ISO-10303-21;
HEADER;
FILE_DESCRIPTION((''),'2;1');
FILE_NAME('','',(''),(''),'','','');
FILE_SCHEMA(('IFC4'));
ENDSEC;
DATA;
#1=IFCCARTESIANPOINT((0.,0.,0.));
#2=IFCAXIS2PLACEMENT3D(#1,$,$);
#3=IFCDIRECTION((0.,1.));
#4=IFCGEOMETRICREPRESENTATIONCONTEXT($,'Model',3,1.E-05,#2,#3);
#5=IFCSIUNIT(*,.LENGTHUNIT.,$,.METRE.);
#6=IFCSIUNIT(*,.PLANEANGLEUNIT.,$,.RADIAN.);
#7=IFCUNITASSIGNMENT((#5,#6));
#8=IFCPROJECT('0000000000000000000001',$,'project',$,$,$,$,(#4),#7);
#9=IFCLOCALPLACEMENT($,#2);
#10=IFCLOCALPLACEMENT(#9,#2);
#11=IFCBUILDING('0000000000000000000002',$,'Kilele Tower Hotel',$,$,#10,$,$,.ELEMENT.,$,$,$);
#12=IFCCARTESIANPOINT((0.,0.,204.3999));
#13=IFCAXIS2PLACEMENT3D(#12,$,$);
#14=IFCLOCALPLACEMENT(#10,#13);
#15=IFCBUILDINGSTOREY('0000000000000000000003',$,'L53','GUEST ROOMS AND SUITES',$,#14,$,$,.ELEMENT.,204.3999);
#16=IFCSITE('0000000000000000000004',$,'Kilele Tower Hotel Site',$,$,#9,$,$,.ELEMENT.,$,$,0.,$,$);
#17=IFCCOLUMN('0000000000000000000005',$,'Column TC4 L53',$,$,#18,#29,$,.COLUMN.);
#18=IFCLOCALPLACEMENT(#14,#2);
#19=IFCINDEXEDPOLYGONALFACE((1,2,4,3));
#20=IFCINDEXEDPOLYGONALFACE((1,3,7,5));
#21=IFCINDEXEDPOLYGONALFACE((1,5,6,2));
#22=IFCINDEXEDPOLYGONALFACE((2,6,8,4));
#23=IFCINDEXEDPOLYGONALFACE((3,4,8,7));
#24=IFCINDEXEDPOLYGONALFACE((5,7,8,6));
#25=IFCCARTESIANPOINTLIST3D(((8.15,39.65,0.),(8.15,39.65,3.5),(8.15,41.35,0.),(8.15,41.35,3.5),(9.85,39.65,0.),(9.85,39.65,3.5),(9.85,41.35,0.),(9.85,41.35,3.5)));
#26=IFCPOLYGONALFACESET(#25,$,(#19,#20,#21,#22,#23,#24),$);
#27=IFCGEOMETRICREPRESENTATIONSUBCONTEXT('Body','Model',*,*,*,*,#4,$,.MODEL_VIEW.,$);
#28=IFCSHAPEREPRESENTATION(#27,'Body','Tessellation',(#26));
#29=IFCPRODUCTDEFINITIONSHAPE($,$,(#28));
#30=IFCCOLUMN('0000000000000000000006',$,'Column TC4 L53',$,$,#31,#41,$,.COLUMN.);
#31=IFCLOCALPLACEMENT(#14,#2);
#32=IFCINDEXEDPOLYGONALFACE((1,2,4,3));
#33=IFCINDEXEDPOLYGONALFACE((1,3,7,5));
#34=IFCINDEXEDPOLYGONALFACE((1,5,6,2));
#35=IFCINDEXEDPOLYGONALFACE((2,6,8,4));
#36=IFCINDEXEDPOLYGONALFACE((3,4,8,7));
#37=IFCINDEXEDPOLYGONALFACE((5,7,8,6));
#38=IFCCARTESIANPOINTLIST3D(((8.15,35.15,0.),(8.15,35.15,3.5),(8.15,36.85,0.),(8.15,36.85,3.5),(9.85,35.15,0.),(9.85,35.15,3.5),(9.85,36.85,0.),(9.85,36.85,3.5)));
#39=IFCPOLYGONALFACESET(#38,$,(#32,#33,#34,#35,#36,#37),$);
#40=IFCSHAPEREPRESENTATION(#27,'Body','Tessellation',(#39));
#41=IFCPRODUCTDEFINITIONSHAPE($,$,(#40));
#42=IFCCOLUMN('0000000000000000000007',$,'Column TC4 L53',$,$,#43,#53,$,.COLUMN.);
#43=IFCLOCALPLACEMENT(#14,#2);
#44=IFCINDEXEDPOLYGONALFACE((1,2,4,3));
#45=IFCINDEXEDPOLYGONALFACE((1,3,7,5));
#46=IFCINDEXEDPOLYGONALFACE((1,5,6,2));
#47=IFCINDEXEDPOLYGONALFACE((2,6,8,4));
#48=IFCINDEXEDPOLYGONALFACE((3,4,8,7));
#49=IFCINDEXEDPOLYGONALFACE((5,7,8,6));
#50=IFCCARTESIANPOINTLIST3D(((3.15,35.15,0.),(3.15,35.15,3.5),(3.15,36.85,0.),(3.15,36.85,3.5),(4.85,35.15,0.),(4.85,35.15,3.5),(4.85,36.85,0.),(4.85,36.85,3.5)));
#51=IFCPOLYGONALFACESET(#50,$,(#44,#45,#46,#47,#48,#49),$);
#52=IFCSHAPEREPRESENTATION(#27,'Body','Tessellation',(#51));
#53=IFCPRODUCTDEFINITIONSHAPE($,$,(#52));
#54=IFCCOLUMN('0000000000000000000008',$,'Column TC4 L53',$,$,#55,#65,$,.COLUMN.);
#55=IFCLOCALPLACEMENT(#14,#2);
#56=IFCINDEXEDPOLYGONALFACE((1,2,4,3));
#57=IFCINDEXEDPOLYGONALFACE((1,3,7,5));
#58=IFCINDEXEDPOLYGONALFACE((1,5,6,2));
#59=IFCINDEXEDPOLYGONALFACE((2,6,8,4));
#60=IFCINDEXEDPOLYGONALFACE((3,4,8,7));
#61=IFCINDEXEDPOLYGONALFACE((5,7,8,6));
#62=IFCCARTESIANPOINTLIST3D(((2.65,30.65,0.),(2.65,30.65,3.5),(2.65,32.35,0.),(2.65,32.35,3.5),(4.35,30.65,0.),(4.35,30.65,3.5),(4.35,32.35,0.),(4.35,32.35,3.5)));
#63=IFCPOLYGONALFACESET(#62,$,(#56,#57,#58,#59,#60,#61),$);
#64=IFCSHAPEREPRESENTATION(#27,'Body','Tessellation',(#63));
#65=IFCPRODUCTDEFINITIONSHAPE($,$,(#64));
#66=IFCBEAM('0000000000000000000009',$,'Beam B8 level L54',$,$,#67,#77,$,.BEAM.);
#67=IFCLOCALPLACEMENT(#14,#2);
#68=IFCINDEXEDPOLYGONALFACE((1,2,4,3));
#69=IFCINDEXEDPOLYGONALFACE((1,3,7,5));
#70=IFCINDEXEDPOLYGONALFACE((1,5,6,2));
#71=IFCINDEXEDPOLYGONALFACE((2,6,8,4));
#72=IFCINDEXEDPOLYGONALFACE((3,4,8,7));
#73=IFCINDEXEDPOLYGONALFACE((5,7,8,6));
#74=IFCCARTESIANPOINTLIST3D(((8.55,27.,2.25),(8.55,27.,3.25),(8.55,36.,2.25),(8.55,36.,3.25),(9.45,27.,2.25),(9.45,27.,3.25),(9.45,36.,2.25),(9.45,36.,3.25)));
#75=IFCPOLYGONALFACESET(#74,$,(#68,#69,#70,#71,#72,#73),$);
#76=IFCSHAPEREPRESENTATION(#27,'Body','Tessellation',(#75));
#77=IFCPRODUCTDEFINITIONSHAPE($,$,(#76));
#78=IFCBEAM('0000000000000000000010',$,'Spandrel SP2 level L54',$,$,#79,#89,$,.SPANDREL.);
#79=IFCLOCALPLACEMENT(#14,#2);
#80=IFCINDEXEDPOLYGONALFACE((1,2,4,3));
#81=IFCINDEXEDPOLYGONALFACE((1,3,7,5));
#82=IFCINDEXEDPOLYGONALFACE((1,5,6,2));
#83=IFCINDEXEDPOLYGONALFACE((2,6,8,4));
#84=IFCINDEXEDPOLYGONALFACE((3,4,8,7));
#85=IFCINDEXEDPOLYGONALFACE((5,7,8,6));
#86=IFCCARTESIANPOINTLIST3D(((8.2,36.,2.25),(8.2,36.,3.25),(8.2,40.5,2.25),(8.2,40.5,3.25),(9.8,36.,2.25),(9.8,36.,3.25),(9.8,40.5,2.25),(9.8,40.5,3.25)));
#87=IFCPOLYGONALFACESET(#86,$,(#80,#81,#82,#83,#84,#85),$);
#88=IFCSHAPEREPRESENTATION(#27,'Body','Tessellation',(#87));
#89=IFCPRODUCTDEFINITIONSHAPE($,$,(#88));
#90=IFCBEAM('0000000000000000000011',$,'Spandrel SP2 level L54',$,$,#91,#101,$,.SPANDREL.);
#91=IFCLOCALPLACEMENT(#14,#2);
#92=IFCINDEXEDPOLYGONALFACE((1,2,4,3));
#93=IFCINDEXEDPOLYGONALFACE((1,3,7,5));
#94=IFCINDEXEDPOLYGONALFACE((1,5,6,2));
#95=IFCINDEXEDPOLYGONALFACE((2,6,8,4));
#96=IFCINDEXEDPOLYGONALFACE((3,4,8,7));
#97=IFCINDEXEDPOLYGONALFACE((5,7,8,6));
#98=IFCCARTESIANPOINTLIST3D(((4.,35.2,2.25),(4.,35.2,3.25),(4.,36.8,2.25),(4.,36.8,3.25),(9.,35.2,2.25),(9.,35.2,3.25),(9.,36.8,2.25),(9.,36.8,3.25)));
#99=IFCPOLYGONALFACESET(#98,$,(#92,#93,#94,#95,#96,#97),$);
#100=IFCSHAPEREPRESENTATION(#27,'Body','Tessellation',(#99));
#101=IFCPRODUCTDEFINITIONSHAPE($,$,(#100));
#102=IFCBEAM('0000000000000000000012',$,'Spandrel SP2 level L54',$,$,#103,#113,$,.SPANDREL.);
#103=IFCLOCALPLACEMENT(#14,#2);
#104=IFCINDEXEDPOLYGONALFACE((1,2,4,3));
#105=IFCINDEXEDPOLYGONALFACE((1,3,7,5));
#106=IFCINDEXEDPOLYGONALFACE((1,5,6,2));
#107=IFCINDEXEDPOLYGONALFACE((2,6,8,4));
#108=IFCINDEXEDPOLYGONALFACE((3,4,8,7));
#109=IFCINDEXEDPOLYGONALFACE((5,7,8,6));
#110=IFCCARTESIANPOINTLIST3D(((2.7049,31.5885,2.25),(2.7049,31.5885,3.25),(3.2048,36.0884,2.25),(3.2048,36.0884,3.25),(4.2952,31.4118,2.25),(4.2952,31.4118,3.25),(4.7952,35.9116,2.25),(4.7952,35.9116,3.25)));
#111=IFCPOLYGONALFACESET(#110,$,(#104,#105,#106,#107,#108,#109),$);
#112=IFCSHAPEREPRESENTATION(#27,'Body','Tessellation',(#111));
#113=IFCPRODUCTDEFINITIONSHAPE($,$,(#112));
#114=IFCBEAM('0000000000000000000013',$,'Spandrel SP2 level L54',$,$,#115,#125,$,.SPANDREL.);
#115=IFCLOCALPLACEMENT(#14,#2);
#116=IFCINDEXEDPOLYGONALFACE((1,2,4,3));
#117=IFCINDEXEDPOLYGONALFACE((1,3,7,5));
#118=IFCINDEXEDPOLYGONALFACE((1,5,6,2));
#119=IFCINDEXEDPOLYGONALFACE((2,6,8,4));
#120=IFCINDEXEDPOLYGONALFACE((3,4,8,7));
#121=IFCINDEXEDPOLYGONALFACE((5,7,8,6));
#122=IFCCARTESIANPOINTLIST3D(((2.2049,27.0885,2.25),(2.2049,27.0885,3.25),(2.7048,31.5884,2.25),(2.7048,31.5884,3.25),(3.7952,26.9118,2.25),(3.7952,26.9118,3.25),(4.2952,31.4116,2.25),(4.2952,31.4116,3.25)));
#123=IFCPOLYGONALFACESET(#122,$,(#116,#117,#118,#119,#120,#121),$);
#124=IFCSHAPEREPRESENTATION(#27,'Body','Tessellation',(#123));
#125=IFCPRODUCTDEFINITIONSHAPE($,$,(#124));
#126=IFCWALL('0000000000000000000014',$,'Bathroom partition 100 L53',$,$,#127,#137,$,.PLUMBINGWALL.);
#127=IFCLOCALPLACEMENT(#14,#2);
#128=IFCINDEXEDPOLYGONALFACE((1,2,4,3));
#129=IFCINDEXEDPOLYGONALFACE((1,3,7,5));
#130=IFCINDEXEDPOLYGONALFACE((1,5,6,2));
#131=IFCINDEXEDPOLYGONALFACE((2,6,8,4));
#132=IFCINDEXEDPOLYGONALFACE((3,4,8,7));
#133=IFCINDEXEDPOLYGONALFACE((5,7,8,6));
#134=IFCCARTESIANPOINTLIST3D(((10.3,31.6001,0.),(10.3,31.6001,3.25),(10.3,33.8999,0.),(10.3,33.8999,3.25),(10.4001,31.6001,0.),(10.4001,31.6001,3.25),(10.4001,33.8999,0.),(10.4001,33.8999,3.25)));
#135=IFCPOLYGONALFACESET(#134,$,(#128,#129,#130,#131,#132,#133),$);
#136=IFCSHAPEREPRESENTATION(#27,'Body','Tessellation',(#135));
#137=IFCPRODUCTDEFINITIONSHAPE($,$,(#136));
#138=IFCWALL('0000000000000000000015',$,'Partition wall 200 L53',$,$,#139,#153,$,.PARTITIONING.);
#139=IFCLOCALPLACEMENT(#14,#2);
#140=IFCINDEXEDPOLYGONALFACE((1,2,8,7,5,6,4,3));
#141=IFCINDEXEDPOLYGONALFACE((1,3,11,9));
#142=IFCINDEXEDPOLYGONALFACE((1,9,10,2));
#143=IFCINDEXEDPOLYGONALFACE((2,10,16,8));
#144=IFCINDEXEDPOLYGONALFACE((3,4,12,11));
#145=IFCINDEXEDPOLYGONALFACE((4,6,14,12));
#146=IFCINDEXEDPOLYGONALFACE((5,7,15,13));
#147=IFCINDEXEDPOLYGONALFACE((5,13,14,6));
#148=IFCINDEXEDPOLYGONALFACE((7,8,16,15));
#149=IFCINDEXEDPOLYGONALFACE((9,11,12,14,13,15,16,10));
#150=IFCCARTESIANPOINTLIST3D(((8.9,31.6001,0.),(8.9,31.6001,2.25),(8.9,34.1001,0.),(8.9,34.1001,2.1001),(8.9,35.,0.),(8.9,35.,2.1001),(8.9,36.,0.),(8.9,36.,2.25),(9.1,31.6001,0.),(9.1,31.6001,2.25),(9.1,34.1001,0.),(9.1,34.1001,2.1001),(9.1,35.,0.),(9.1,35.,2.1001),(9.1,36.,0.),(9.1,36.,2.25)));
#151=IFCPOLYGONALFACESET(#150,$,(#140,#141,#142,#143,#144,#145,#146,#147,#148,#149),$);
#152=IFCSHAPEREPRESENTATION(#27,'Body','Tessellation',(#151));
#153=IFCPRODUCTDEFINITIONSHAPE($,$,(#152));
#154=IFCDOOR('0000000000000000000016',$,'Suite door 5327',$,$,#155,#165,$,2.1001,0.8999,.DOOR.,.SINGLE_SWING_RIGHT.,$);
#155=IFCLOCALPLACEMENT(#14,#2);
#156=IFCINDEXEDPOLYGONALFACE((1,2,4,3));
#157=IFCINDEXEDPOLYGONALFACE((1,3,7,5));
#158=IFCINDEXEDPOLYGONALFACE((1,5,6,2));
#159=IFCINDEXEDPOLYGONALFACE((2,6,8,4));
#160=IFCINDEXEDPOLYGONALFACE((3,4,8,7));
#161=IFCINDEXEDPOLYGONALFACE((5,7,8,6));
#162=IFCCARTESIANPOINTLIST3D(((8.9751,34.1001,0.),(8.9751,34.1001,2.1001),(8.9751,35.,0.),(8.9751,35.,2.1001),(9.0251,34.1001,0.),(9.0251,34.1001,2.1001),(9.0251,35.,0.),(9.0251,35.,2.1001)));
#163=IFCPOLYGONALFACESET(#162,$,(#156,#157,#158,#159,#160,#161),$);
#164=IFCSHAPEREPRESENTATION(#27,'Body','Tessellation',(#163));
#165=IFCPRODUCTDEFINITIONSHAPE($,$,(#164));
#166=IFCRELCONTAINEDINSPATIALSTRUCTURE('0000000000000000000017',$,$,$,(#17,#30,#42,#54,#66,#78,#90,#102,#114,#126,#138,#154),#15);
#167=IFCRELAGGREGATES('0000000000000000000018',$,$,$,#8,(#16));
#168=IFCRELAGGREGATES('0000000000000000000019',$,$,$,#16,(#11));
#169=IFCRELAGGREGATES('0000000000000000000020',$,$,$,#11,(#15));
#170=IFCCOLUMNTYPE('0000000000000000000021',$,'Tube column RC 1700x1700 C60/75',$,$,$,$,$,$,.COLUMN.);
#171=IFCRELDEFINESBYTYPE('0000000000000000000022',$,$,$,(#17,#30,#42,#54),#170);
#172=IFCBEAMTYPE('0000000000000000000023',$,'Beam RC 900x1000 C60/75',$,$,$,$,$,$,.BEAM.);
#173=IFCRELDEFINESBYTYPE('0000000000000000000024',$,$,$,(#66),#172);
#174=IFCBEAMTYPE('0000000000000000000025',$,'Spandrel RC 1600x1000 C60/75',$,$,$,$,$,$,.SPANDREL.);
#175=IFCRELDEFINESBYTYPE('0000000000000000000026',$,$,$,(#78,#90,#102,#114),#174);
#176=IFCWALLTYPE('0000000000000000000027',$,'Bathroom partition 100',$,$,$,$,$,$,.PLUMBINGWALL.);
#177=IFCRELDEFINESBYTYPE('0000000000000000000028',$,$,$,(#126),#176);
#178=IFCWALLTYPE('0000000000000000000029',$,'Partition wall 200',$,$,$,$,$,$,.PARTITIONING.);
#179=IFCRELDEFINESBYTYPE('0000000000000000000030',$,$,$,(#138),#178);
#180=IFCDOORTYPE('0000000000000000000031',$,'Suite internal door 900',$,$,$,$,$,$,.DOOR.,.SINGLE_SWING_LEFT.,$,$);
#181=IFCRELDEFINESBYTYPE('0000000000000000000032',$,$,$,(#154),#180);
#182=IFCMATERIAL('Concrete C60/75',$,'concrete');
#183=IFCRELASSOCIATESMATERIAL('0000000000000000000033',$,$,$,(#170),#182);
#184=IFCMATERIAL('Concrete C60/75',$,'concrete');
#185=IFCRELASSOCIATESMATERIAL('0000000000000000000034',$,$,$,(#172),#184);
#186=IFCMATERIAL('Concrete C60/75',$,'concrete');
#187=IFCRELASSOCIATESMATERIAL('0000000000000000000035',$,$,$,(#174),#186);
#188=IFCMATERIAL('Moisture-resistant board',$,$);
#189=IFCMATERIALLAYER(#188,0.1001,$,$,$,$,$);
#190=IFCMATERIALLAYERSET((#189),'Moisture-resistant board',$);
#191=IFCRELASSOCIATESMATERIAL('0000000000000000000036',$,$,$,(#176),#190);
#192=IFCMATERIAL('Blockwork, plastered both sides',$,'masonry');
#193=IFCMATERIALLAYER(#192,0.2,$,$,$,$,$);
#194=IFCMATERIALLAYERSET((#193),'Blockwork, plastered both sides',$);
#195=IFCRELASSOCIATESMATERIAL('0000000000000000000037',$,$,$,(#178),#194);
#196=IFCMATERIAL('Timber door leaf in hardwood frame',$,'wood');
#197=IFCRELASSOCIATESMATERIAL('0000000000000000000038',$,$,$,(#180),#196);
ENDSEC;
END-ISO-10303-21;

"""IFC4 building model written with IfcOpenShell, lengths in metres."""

from ifc_helpers import new_model, si_unit, direction, frame, frame_2d, origin, origin_2d, place, context, subcontext, project, spatial, rectangle, extrude, material, layer, layer_set, material_profile, profile_set, type_object, element, fill, save


model = new_model("IFC4")

# Units and contexts
model_context = context("Model", 3, precision=1e-05, world=origin(), true_north=direction((0.0, 1.0)))
body_context = subcontext(model_context, "Body", "Model", "MODEL_VIEW")
ifc_project = project(units=[si_unit("LENGTHUNIT", "METRE"), si_unit("PLANEANGLEUNIT", "RADIAN")], contexts=[model_context])

# Site, building, storey
site_placement = place(None, origin())
site = spatial("IfcSite", under=ifc_project, at=site_placement, Name="Kilele Tower Hotel Site", CompositionType="ELEMENT", RefElevation=0.0)
building_placement = place(site_placement, origin())
building = spatial("IfcBuilding", under=site, at=building_placement, Name="Kilele Tower Hotel", CompositionType="ELEMENT")
storey_placement = place(building_placement, frame((0.0, 0.0, 204.3999)))
storey = spatial("IfcBuildingStorey", under=building, at=storey_placement, Name="L53", Description="GUEST ROOMS AND SUITES", CompositionType="ELEMENT", Elevation=204.3999)

# Columns
ifc_material_1 = material(Name="Concrete C60/75", Category="concrete")
ifc_material_profile_1 = material_profile(ifc_material_1, rectangle(XDim=1.7, YDim=1.7, at=origin_2d()))
ifc_profile_set_1 = profile_set([ifc_material_profile_1], Name="Concrete C60/75")
column_type = type_object("IfcColumnType", Name="Tube column RC 1700x1700 C60/75", PredefinedType="COLUMN", material=ifc_profile_set_1)
for number, where, z_axis, x_axis, name in (
    (1, (9.0, 40.5, 0.0), (0.0, 0.0, 1.0), (1.0, 0.0, 0.0), "Column TC4 L53"),
    (2, (9.0, 36.0, 0.0), (0.0, 0.0, 1.0), (1.0, 0.0, 0.0), "Column TC4 L53"),
    (3, (4.0, 36.0, 0.0), (0.0, 0.0, 1.0), (1.0, 0.0, 0.0), "Column TC4 L53"),
    (4, (3.5, 31.5, 0.0), (0.0, 0.0, 1.0), (1.0, 0.0, 0.0), "Column TC4 L53"),
):
    element("IfcColumn", number, at=place(storey_placement, frame(where, z_axis=z_axis, x_axis=x_axis)), inside=storey, type_object=column_type, Name=name, PredefinedType="COLUMN", context=body_context, shape_type="SweptSolid", body=[
        extrude(rectangle(XDim=1.7, YDim=1.7, at=origin_2d()), origin(), (0.0, 0.0, 1.0), 3.5),
    ])

# Beams
ifc_material_2 = material(Name="Concrete C60/75", Category="concrete")
ifc_material_profile_2 = material_profile(ifc_material_2, rectangle(XDim=0.8999, YDim=1.0, at=origin_2d()))
ifc_profile_set_2 = profile_set([ifc_material_profile_2], Name="Concrete C60/75")
beam_type_1 = type_object("IfcBeamType", Name="Beam RC 900x1000 C60/75", PredefinedType="BEAM", material=ifc_profile_set_2)
beam_1_placement = place(storey_placement, frame((9.0, 36.0, 2.75), z_axis=(0.0, -1.0, 0.0), x_axis=(1.0, 0.0, 0.0)))
element("IfcBeam", 5, at=beam_1_placement, inside=storey, type_object=beam_type_1, Name="Beam B8 level L54", PredefinedType="BEAM", context=body_context, shape_type="SweptSolid", body=[
    extrude(rectangle(XDim=0.8999, YDim=1.0, at=origin_2d()), origin(), (0.0, 0.0, 1.0), 9.0),
])
ifc_material_3 = material(Name="Concrete C60/75", Category="concrete")
ifc_material_profile_3 = material_profile(ifc_material_3, rectangle(XDim=1.6001, YDim=1.0, at=origin_2d()))
ifc_profile_set_3 = profile_set([ifc_material_profile_3], Name="Concrete C60/75")
beam_type_2 = type_object("IfcBeamType", Name="Spandrel RC 1600x1000 C60/75", PredefinedType="SPANDREL", material=ifc_profile_set_3)
beam_2_placement = place(storey_placement, frame((9.0, 40.5, 2.75), z_axis=(0.0, -1.0, 0.0), x_axis=(1.0, 0.0, 0.0)))
element("IfcBeam", 6, at=beam_2_placement, inside=storey, type_object=beam_type_2, Name="Spandrel SP2 level L54", PredefinedType="SPANDREL", context=body_context, shape_type="SweptSolid", body=[
    extrude(rectangle(XDim=1.6001, YDim=1.0, at=origin_2d()), origin(), (0.0, 0.0, 1.0), 4.5),
])
beam_3_placement = place(storey_placement, frame((9.0, 36.0, 2.75), z_axis=(-1.0, 0.0, 0.0), x_axis=(0.0, -1.0, 0.0)))
element("IfcBeam", 7, at=beam_3_placement, inside=storey, type_object=beam_type_2, Name="Spandrel SP2 level L54", PredefinedType="SPANDREL", context=body_context, shape_type="SweptSolid", body=[
    extrude(rectangle(XDim=1.6001, YDim=1.0, at=origin_2d()), origin(), (0.0, 0.0, 1.0), 5.0),
])
for number, where, z_axis, x_axis, name in (
    (8, (4.0, 36.0, 2.75), (-0.110432, -0.993884, 0.0), (0.993884, -0.110432, 0.0), "Spandrel SP2 level L54"),
    (9, (3.5, 31.5, 2.75), (-0.110432, -0.993884, 0.0), (0.993884, -0.110432, 0.0), "Spandrel SP2 level L54"),
):
    element("IfcBeam", number, at=place(storey_placement, frame(where, z_axis=z_axis, x_axis=x_axis)), inside=storey, type_object=beam_type_2, Name=name, PredefinedType="SPANDREL", context=body_context, shape_type="SweptSolid", body=[
        extrude(rectangle(XDim=1.6001, YDim=1.0, at=origin_2d()), origin(), (0.0, 0.0, 1.0), 4.5276),
    ])

# Wall
ifc_material_4 = material(Name="Moisture-resistant board")
ifc_layer_1 = layer(ifc_material_4, 0.1001)
ifc_layer_set_1 = layer_set([ifc_layer_1], Name="Moisture-resistant board")
wall_type_1 = type_object("IfcWallType", Name="Bathroom partition 100", PredefinedType="PLUMBINGWALL", material=ifc_layer_set_1)
wall_1_placement = place(storey_placement, frame((10.3501, 31.6001, 0.0), z_axis=(0.0, 0.0, 1.0), x_axis=(0.0, 1.0, 0.0)))
element("IfcWall", 10, at=wall_1_placement, inside=storey, type_object=wall_type_1, Name="Bathroom partition 100 L53", PredefinedType="PLUMBINGWALL", context=body_context, shape_type="SweptSolid", body=[
    extrude(rectangle(XDim=2.2998, YDim=0.1001, at=frame_2d((1.1499, 0.0))), origin(), (0.0, 0.0, 1.0), 3.25),
])

# Wall, opening, door
ifc_material_5 = material(Name="Blockwork, plastered both sides", Category="masonry")
ifc_layer_2 = layer(ifc_material_5, 0.2)
ifc_layer_set_2 = layer_set([ifc_layer_2], Name="Blockwork, plastered both sides")
wall_type_2 = type_object("IfcWallType", Name="Partition wall 200", PredefinedType="PARTITIONING", material=ifc_layer_set_2)
wall_2_placement = place(storey_placement, frame((9.0, 31.6001, 0.0), z_axis=(0.0, 0.0, 1.0), x_axis=(0.0, 1.0, 0.0)))
wall_2 = element("IfcWall", 11, at=wall_2_placement, inside=storey, type_object=wall_type_2, Name="Partition wall 200 L53", PredefinedType="PARTITIONING", context=body_context, shape_type="SweptSolid", body=[
    extrude(rectangle(XDim=4.3999, YDim=0.2, at=frame_2d((2.2, 0.0))), origin(), (0.0, 0.0, 1.0), 2.25),
])
opening_1_placement = place(wall_2_placement, frame((2.5, 0.0, 0.0)))
opening_1 = element("IfcOpeningElement", 12, at=opening_1_placement, cuts=wall_2, PredefinedType="OPENING", context=body_context, shape_type="SweptSolid", body=[
    extrude(rectangle(XDim=0.8999, YDim=2.1001, at=frame_2d((0.45, 1.05))), frame((0.0, 0.1099, 0.0), z_axis=(0.0, -1.0, 0.0), x_axis=(1.0, 0.0, 0.0)), (0.0, 0.0, 1.0), 0.22),
])
ifc_material_6 = material(Name="Timber door leaf in hardwood frame", Category="wood")
door_type = type_object("IfcDoorType", Name="Suite internal door 900", OperationType="SINGLE_SWING_LEFT", PredefinedType="DOOR", material=ifc_material_6)
door_placement = place(opening_1_placement, origin())
door = element("IfcDoor", 13, at=door_placement, inside=storey, type_object=door_type, Name="Suite door 5327", OperationType="SINGLE_SWING_RIGHT", OverallHeight=2.1001, OverallWidth=0.8999, PredefinedType="DOOR", context=body_context, shape_type="SweptSolid", body=[
    extrude(rectangle(XDim=0.8999, YDim=2.1001, at=frame_2d((0.45, 1.05))), frame((0.0, 0.0249, 0.0), z_axis=(0.0, -1.0, 0.0), x_axis=(1.0, 0.0, 0.0)), (0.0, 0.0, 1.0), 0.05),
])
fill(opening_1, door)

save(model, "model.ifc")
